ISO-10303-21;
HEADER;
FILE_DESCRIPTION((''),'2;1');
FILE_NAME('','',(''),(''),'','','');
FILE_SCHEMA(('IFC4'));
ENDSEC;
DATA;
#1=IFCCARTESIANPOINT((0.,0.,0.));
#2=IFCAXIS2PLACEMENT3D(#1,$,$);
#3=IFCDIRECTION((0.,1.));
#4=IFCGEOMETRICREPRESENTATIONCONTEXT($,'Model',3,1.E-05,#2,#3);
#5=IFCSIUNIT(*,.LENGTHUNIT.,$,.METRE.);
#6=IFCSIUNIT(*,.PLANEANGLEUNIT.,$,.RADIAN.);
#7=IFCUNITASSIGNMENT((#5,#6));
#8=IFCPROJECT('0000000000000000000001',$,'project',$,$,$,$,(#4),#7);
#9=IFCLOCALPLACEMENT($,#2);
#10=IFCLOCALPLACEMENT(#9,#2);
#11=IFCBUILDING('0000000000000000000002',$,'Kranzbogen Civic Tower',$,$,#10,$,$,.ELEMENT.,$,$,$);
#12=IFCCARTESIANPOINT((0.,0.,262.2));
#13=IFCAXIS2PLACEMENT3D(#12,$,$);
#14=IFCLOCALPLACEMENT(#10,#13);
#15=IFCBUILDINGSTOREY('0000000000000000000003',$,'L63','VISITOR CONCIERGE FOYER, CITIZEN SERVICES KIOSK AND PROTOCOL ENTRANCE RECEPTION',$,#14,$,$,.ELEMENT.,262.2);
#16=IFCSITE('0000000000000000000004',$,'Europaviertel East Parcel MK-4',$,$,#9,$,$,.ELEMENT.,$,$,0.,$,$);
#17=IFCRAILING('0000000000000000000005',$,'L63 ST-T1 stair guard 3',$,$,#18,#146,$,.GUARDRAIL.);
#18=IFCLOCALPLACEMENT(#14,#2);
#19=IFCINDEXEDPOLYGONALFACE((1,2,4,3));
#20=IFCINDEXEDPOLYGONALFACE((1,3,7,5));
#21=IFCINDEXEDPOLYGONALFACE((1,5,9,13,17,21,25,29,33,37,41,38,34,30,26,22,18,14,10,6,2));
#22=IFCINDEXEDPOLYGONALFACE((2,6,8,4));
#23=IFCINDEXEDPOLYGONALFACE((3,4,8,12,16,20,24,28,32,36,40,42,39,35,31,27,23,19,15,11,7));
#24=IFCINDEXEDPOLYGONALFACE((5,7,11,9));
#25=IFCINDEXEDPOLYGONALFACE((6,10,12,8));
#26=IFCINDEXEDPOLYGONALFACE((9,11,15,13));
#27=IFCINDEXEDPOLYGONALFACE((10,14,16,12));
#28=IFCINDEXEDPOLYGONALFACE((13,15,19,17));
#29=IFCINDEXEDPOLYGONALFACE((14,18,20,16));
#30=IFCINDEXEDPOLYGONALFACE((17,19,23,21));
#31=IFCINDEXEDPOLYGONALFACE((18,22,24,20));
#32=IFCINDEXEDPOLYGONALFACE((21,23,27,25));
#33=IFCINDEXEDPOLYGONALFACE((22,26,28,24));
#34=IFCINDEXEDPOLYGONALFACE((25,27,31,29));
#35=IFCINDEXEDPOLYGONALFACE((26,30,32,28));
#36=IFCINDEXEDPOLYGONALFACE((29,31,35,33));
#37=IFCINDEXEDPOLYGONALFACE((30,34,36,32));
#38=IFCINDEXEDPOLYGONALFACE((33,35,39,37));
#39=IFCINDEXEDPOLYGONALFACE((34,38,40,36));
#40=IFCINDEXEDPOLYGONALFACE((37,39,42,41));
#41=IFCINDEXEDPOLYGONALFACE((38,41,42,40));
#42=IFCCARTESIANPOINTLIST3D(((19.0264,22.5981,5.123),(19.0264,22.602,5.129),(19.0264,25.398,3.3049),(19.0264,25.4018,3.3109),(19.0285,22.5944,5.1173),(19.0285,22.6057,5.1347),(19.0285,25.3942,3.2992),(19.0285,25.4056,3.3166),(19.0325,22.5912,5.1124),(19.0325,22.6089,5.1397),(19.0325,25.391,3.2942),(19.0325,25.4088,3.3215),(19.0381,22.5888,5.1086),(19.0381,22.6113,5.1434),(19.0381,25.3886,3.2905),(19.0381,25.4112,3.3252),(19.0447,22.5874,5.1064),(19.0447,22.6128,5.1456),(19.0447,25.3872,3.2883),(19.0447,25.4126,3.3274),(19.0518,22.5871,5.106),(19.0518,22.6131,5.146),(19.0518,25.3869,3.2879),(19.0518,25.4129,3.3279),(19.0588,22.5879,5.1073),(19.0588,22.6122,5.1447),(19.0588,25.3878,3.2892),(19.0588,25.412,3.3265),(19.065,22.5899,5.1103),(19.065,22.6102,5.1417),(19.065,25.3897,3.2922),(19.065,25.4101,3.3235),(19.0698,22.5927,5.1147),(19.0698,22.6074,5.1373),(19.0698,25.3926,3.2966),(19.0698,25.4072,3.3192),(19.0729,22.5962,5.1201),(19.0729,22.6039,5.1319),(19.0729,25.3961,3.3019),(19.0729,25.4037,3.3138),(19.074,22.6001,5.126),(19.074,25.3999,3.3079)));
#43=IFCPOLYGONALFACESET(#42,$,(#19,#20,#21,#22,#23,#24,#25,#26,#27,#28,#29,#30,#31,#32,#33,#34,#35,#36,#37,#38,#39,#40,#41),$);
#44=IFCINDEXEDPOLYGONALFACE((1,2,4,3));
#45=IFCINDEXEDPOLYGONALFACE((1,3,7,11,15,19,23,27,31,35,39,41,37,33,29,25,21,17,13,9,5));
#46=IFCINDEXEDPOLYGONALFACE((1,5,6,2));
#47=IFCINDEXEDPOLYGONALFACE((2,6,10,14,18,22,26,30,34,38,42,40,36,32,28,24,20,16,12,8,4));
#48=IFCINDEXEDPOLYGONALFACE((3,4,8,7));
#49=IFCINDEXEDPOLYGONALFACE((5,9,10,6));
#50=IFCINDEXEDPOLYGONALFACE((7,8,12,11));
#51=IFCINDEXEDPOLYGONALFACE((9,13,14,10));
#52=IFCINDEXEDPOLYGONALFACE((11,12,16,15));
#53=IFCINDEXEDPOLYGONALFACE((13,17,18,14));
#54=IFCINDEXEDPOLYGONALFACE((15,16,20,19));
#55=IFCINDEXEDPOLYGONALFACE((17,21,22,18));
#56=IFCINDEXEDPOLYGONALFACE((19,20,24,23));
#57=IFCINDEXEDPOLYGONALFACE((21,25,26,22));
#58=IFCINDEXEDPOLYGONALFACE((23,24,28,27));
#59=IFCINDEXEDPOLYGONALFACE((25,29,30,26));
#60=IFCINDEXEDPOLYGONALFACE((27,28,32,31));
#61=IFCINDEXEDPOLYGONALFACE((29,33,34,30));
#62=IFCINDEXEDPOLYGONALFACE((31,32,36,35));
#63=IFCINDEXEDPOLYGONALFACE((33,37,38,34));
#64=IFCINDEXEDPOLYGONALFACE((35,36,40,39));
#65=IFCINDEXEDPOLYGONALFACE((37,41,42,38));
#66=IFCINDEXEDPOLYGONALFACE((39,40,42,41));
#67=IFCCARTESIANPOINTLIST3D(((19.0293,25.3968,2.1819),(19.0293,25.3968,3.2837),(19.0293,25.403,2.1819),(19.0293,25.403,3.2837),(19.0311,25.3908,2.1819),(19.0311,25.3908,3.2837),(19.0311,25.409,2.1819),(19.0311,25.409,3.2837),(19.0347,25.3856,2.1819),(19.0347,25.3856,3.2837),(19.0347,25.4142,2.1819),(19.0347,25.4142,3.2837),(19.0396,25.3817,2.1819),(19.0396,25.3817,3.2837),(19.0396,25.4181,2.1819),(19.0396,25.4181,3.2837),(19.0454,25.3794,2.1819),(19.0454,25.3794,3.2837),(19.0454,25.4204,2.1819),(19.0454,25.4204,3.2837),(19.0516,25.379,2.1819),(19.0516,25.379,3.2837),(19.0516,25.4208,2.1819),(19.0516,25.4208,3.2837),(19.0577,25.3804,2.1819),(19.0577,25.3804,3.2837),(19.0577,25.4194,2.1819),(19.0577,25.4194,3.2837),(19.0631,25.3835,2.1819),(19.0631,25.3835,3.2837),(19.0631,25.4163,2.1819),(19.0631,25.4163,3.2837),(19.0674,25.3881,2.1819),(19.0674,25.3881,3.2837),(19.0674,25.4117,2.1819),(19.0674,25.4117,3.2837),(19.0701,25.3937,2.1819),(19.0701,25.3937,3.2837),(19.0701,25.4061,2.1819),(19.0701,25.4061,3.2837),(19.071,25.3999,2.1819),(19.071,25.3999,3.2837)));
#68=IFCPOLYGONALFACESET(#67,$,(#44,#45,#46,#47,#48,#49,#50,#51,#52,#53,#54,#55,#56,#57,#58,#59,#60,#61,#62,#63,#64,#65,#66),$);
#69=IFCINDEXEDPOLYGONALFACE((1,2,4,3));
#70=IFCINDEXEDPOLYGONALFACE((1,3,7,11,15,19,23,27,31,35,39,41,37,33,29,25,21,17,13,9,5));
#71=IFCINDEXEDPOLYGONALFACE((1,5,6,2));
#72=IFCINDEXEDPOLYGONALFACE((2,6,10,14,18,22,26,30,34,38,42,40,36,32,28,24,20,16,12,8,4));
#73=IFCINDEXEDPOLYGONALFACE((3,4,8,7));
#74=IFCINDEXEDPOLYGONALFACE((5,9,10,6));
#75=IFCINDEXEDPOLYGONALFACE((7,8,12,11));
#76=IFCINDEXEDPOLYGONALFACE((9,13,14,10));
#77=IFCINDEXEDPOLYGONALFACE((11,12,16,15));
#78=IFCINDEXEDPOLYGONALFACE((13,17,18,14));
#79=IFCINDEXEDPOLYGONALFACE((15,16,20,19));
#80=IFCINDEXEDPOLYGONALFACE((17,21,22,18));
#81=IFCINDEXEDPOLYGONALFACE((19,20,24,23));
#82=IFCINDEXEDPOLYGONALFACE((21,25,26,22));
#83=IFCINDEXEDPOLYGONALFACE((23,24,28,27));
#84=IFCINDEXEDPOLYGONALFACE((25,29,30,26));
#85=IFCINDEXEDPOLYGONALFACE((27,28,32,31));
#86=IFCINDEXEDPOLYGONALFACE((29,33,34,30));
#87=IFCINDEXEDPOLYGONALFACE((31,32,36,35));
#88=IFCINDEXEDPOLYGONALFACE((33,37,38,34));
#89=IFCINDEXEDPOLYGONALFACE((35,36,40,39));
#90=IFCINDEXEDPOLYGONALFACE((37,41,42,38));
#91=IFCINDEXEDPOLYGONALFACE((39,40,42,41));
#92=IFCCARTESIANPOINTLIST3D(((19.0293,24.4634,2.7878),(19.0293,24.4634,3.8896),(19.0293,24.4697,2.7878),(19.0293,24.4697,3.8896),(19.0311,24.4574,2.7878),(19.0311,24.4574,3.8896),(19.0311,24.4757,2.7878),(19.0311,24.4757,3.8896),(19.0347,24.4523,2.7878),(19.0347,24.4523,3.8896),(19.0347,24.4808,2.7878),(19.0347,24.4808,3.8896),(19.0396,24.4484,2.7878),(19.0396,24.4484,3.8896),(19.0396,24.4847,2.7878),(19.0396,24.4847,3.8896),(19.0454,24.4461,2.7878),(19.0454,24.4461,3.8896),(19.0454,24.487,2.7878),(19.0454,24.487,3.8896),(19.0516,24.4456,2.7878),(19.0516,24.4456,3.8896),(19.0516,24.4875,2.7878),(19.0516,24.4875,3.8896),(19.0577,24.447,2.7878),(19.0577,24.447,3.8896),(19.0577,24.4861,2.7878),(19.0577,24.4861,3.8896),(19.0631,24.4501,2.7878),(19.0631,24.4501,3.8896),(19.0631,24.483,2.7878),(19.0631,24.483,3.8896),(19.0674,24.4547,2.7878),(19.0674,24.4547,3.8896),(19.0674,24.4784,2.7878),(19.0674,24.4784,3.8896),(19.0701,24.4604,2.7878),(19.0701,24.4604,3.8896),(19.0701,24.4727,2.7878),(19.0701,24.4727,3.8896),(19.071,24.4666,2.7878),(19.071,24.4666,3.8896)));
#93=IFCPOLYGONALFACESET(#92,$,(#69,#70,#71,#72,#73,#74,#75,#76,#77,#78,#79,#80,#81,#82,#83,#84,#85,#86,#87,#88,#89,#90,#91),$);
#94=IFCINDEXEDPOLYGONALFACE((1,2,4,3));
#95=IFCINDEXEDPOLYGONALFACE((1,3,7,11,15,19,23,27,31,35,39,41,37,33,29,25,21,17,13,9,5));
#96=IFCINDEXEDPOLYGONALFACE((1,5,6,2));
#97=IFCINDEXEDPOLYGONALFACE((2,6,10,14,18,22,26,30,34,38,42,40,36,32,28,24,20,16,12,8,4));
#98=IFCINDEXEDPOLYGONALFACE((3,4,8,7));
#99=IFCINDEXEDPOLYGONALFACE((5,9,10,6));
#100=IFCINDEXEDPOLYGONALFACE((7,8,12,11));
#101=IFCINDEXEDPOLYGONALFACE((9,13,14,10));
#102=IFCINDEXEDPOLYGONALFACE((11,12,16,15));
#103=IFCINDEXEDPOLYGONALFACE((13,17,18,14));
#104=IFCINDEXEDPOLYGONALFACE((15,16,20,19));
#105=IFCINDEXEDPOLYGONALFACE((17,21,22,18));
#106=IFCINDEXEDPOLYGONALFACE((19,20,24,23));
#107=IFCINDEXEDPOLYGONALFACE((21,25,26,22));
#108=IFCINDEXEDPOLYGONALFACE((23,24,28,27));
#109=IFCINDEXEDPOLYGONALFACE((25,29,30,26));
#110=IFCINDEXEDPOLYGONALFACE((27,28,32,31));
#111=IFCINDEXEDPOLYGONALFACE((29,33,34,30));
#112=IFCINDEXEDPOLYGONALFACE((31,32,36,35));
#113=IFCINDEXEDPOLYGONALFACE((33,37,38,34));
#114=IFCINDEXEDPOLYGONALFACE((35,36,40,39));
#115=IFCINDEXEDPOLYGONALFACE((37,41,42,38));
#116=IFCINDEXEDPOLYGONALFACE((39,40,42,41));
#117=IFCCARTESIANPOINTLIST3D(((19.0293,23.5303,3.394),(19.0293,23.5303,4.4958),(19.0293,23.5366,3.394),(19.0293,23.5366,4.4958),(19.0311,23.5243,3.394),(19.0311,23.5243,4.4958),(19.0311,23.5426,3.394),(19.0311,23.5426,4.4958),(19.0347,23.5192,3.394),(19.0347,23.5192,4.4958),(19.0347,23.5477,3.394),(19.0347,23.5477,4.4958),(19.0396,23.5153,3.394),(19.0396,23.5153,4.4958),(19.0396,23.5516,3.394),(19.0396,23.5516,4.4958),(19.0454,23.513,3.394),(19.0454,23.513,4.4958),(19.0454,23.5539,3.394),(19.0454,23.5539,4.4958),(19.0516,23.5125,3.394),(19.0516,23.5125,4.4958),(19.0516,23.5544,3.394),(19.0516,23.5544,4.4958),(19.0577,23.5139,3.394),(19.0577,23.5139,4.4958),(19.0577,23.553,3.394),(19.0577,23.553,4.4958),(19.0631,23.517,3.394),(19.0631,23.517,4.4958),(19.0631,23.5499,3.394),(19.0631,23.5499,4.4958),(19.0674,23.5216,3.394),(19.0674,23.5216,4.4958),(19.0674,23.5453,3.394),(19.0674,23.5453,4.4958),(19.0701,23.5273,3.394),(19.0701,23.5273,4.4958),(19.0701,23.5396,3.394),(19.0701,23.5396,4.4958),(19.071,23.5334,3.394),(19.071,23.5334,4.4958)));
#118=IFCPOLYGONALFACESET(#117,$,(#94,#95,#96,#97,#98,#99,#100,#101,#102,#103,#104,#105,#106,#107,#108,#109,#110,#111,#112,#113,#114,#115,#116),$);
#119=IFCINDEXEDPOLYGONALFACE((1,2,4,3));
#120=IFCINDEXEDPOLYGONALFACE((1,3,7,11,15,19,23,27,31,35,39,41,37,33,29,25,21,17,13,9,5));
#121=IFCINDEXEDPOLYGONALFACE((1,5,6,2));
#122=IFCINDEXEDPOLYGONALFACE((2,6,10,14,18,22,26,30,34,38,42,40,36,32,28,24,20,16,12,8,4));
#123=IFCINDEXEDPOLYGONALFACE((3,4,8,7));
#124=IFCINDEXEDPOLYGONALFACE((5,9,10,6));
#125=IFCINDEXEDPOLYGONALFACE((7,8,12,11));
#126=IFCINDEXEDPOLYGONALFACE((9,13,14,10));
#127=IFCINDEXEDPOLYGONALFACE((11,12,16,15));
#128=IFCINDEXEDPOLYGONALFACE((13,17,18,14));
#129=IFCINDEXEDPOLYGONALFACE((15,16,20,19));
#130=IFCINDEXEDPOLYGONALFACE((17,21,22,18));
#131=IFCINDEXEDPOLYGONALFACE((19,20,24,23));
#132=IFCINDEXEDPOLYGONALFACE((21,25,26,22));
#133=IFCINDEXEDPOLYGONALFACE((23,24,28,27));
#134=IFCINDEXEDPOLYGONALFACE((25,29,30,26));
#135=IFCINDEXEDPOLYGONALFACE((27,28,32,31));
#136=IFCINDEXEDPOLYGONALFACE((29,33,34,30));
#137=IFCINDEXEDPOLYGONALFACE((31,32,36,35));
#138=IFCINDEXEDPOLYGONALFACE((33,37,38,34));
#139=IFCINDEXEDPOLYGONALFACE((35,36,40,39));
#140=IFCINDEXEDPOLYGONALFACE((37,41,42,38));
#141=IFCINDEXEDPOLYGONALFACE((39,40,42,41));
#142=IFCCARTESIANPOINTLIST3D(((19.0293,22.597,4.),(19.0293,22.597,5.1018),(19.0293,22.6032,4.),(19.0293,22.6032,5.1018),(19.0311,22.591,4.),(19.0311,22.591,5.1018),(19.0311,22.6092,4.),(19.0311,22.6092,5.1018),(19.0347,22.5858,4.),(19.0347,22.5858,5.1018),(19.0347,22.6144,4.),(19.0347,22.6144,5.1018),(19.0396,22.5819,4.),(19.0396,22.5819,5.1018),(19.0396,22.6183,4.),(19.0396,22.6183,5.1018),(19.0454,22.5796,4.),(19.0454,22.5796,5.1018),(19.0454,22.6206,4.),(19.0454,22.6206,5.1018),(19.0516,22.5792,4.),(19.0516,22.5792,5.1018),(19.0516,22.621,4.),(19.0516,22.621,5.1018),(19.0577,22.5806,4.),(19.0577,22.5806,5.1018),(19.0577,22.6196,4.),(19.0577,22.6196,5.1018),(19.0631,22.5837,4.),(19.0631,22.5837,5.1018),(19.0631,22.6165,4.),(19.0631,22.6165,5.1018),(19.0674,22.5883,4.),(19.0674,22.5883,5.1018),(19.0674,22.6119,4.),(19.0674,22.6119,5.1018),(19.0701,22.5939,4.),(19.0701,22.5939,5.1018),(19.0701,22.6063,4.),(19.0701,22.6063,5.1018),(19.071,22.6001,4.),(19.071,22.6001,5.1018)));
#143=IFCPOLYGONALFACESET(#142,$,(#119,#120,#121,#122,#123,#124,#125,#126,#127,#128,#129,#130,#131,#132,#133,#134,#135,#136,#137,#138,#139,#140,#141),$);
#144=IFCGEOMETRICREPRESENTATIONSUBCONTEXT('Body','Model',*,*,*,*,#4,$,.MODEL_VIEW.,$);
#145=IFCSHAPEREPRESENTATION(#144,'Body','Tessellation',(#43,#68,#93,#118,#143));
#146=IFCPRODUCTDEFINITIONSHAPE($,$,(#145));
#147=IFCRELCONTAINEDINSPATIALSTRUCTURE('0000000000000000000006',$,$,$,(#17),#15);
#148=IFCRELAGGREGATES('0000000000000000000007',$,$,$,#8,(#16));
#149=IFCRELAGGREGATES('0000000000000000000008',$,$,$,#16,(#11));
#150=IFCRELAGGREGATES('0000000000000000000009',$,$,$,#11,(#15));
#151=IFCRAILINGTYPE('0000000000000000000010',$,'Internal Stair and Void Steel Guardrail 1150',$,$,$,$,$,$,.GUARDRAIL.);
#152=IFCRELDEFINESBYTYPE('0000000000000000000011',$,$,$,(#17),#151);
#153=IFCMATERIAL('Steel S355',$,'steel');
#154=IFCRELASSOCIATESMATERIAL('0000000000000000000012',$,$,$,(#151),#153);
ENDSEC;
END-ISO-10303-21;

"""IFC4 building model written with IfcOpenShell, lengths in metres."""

from ifc_helpers import new_model, si_unit, direction, frame, origin, origin_2d, place, context, subcontext, project, spatial, circle, extrude, material, type_object, element, save


model = new_model("IFC4")

# Units and contexts
model_context = context("Model", 3, precision=1e-05, world=origin(), true_north=direction((0.0, 1.0)))
body_context = subcontext(model_context, "Body", "Model", "MODEL_VIEW")
ifc_project = project(units=[si_unit("LENGTHUNIT", "METRE"), si_unit("PLANEANGLEUNIT", "RADIAN")], contexts=[model_context])

# Site, building, storey
site_placement = place(None, origin())
site = spatial("IfcSite", under=ifc_project, at=site_placement, Name="Europaviertel East Parcel MK-4", CompositionType="ELEMENT", RefElevation=0.0)
building_placement = place(site_placement, origin())
building = spatial("IfcBuilding", under=site, at=building_placement, Name="Kranzbogen Civic Tower", CompositionType="ELEMENT")
storey_placement = place(building_placement, frame((0.0, 0.0, 262.2)))
storey = spatial("IfcBuildingStorey", under=building, at=storey_placement, Name="L63", Description="VISITOR CONCIERGE FOYER, CITIZEN SERVICES KIOSK AND PROTOCOL ENTRANCE RECEPTION", CompositionType="ELEMENT", Elevation=262.2)

# Shared definitions
ifc_material_1 = material(Name="Steel S355", Category="steel")

# Railing
railing_type_1 = type_object("IfcRailingType", Name="Internal Stair and Void Steel Guardrail 1150", PredefinedType="GUARDRAIL", material=ifc_material_1)
railing_1_placement = place(storey_placement, frame((19.05, 25.3999, 2.1819)))
element("IfcRailing", 1, at=railing_1_placement, inside=storey, type_object=railing_type_1, Name="L63 ST-T1 stair guard 3", PredefinedType="GUARDRAIL", context=body_context, shape_type="SweptSolid", body=[
    extrude(circle(Radius=0.0239, at=origin_2d()), frame((0.0, 0.0, 1.126), z_axis=(0.0, -0.838684, 0.544618), x_axis=(1.0, 0.0, 0.0)), (0.0, 0.0, 1.0), 3.3384),
    extrude(circle(Radius=0.021, at=origin_2d()), origin(), (0.0, 0.0, 1.0), 1.1018),
    extrude(circle(Radius=0.021, at=origin_2d()), frame((0.0, -0.9333, 0.606)), (0.0, 0.0, 1.0), 1.1018),
    extrude(circle(Radius=0.021, at=origin_2d()), frame((0.0, -1.8665, 1.2122)), (0.0, 0.0, 1.0), 1.1018),
    extrude(circle(Radius=0.021, at=origin_2d()), frame((0.0, -2.7998, 1.8181)), (0.0, 0.0, 1.0), 1.1018),
])

save(model, "model.ifc")
